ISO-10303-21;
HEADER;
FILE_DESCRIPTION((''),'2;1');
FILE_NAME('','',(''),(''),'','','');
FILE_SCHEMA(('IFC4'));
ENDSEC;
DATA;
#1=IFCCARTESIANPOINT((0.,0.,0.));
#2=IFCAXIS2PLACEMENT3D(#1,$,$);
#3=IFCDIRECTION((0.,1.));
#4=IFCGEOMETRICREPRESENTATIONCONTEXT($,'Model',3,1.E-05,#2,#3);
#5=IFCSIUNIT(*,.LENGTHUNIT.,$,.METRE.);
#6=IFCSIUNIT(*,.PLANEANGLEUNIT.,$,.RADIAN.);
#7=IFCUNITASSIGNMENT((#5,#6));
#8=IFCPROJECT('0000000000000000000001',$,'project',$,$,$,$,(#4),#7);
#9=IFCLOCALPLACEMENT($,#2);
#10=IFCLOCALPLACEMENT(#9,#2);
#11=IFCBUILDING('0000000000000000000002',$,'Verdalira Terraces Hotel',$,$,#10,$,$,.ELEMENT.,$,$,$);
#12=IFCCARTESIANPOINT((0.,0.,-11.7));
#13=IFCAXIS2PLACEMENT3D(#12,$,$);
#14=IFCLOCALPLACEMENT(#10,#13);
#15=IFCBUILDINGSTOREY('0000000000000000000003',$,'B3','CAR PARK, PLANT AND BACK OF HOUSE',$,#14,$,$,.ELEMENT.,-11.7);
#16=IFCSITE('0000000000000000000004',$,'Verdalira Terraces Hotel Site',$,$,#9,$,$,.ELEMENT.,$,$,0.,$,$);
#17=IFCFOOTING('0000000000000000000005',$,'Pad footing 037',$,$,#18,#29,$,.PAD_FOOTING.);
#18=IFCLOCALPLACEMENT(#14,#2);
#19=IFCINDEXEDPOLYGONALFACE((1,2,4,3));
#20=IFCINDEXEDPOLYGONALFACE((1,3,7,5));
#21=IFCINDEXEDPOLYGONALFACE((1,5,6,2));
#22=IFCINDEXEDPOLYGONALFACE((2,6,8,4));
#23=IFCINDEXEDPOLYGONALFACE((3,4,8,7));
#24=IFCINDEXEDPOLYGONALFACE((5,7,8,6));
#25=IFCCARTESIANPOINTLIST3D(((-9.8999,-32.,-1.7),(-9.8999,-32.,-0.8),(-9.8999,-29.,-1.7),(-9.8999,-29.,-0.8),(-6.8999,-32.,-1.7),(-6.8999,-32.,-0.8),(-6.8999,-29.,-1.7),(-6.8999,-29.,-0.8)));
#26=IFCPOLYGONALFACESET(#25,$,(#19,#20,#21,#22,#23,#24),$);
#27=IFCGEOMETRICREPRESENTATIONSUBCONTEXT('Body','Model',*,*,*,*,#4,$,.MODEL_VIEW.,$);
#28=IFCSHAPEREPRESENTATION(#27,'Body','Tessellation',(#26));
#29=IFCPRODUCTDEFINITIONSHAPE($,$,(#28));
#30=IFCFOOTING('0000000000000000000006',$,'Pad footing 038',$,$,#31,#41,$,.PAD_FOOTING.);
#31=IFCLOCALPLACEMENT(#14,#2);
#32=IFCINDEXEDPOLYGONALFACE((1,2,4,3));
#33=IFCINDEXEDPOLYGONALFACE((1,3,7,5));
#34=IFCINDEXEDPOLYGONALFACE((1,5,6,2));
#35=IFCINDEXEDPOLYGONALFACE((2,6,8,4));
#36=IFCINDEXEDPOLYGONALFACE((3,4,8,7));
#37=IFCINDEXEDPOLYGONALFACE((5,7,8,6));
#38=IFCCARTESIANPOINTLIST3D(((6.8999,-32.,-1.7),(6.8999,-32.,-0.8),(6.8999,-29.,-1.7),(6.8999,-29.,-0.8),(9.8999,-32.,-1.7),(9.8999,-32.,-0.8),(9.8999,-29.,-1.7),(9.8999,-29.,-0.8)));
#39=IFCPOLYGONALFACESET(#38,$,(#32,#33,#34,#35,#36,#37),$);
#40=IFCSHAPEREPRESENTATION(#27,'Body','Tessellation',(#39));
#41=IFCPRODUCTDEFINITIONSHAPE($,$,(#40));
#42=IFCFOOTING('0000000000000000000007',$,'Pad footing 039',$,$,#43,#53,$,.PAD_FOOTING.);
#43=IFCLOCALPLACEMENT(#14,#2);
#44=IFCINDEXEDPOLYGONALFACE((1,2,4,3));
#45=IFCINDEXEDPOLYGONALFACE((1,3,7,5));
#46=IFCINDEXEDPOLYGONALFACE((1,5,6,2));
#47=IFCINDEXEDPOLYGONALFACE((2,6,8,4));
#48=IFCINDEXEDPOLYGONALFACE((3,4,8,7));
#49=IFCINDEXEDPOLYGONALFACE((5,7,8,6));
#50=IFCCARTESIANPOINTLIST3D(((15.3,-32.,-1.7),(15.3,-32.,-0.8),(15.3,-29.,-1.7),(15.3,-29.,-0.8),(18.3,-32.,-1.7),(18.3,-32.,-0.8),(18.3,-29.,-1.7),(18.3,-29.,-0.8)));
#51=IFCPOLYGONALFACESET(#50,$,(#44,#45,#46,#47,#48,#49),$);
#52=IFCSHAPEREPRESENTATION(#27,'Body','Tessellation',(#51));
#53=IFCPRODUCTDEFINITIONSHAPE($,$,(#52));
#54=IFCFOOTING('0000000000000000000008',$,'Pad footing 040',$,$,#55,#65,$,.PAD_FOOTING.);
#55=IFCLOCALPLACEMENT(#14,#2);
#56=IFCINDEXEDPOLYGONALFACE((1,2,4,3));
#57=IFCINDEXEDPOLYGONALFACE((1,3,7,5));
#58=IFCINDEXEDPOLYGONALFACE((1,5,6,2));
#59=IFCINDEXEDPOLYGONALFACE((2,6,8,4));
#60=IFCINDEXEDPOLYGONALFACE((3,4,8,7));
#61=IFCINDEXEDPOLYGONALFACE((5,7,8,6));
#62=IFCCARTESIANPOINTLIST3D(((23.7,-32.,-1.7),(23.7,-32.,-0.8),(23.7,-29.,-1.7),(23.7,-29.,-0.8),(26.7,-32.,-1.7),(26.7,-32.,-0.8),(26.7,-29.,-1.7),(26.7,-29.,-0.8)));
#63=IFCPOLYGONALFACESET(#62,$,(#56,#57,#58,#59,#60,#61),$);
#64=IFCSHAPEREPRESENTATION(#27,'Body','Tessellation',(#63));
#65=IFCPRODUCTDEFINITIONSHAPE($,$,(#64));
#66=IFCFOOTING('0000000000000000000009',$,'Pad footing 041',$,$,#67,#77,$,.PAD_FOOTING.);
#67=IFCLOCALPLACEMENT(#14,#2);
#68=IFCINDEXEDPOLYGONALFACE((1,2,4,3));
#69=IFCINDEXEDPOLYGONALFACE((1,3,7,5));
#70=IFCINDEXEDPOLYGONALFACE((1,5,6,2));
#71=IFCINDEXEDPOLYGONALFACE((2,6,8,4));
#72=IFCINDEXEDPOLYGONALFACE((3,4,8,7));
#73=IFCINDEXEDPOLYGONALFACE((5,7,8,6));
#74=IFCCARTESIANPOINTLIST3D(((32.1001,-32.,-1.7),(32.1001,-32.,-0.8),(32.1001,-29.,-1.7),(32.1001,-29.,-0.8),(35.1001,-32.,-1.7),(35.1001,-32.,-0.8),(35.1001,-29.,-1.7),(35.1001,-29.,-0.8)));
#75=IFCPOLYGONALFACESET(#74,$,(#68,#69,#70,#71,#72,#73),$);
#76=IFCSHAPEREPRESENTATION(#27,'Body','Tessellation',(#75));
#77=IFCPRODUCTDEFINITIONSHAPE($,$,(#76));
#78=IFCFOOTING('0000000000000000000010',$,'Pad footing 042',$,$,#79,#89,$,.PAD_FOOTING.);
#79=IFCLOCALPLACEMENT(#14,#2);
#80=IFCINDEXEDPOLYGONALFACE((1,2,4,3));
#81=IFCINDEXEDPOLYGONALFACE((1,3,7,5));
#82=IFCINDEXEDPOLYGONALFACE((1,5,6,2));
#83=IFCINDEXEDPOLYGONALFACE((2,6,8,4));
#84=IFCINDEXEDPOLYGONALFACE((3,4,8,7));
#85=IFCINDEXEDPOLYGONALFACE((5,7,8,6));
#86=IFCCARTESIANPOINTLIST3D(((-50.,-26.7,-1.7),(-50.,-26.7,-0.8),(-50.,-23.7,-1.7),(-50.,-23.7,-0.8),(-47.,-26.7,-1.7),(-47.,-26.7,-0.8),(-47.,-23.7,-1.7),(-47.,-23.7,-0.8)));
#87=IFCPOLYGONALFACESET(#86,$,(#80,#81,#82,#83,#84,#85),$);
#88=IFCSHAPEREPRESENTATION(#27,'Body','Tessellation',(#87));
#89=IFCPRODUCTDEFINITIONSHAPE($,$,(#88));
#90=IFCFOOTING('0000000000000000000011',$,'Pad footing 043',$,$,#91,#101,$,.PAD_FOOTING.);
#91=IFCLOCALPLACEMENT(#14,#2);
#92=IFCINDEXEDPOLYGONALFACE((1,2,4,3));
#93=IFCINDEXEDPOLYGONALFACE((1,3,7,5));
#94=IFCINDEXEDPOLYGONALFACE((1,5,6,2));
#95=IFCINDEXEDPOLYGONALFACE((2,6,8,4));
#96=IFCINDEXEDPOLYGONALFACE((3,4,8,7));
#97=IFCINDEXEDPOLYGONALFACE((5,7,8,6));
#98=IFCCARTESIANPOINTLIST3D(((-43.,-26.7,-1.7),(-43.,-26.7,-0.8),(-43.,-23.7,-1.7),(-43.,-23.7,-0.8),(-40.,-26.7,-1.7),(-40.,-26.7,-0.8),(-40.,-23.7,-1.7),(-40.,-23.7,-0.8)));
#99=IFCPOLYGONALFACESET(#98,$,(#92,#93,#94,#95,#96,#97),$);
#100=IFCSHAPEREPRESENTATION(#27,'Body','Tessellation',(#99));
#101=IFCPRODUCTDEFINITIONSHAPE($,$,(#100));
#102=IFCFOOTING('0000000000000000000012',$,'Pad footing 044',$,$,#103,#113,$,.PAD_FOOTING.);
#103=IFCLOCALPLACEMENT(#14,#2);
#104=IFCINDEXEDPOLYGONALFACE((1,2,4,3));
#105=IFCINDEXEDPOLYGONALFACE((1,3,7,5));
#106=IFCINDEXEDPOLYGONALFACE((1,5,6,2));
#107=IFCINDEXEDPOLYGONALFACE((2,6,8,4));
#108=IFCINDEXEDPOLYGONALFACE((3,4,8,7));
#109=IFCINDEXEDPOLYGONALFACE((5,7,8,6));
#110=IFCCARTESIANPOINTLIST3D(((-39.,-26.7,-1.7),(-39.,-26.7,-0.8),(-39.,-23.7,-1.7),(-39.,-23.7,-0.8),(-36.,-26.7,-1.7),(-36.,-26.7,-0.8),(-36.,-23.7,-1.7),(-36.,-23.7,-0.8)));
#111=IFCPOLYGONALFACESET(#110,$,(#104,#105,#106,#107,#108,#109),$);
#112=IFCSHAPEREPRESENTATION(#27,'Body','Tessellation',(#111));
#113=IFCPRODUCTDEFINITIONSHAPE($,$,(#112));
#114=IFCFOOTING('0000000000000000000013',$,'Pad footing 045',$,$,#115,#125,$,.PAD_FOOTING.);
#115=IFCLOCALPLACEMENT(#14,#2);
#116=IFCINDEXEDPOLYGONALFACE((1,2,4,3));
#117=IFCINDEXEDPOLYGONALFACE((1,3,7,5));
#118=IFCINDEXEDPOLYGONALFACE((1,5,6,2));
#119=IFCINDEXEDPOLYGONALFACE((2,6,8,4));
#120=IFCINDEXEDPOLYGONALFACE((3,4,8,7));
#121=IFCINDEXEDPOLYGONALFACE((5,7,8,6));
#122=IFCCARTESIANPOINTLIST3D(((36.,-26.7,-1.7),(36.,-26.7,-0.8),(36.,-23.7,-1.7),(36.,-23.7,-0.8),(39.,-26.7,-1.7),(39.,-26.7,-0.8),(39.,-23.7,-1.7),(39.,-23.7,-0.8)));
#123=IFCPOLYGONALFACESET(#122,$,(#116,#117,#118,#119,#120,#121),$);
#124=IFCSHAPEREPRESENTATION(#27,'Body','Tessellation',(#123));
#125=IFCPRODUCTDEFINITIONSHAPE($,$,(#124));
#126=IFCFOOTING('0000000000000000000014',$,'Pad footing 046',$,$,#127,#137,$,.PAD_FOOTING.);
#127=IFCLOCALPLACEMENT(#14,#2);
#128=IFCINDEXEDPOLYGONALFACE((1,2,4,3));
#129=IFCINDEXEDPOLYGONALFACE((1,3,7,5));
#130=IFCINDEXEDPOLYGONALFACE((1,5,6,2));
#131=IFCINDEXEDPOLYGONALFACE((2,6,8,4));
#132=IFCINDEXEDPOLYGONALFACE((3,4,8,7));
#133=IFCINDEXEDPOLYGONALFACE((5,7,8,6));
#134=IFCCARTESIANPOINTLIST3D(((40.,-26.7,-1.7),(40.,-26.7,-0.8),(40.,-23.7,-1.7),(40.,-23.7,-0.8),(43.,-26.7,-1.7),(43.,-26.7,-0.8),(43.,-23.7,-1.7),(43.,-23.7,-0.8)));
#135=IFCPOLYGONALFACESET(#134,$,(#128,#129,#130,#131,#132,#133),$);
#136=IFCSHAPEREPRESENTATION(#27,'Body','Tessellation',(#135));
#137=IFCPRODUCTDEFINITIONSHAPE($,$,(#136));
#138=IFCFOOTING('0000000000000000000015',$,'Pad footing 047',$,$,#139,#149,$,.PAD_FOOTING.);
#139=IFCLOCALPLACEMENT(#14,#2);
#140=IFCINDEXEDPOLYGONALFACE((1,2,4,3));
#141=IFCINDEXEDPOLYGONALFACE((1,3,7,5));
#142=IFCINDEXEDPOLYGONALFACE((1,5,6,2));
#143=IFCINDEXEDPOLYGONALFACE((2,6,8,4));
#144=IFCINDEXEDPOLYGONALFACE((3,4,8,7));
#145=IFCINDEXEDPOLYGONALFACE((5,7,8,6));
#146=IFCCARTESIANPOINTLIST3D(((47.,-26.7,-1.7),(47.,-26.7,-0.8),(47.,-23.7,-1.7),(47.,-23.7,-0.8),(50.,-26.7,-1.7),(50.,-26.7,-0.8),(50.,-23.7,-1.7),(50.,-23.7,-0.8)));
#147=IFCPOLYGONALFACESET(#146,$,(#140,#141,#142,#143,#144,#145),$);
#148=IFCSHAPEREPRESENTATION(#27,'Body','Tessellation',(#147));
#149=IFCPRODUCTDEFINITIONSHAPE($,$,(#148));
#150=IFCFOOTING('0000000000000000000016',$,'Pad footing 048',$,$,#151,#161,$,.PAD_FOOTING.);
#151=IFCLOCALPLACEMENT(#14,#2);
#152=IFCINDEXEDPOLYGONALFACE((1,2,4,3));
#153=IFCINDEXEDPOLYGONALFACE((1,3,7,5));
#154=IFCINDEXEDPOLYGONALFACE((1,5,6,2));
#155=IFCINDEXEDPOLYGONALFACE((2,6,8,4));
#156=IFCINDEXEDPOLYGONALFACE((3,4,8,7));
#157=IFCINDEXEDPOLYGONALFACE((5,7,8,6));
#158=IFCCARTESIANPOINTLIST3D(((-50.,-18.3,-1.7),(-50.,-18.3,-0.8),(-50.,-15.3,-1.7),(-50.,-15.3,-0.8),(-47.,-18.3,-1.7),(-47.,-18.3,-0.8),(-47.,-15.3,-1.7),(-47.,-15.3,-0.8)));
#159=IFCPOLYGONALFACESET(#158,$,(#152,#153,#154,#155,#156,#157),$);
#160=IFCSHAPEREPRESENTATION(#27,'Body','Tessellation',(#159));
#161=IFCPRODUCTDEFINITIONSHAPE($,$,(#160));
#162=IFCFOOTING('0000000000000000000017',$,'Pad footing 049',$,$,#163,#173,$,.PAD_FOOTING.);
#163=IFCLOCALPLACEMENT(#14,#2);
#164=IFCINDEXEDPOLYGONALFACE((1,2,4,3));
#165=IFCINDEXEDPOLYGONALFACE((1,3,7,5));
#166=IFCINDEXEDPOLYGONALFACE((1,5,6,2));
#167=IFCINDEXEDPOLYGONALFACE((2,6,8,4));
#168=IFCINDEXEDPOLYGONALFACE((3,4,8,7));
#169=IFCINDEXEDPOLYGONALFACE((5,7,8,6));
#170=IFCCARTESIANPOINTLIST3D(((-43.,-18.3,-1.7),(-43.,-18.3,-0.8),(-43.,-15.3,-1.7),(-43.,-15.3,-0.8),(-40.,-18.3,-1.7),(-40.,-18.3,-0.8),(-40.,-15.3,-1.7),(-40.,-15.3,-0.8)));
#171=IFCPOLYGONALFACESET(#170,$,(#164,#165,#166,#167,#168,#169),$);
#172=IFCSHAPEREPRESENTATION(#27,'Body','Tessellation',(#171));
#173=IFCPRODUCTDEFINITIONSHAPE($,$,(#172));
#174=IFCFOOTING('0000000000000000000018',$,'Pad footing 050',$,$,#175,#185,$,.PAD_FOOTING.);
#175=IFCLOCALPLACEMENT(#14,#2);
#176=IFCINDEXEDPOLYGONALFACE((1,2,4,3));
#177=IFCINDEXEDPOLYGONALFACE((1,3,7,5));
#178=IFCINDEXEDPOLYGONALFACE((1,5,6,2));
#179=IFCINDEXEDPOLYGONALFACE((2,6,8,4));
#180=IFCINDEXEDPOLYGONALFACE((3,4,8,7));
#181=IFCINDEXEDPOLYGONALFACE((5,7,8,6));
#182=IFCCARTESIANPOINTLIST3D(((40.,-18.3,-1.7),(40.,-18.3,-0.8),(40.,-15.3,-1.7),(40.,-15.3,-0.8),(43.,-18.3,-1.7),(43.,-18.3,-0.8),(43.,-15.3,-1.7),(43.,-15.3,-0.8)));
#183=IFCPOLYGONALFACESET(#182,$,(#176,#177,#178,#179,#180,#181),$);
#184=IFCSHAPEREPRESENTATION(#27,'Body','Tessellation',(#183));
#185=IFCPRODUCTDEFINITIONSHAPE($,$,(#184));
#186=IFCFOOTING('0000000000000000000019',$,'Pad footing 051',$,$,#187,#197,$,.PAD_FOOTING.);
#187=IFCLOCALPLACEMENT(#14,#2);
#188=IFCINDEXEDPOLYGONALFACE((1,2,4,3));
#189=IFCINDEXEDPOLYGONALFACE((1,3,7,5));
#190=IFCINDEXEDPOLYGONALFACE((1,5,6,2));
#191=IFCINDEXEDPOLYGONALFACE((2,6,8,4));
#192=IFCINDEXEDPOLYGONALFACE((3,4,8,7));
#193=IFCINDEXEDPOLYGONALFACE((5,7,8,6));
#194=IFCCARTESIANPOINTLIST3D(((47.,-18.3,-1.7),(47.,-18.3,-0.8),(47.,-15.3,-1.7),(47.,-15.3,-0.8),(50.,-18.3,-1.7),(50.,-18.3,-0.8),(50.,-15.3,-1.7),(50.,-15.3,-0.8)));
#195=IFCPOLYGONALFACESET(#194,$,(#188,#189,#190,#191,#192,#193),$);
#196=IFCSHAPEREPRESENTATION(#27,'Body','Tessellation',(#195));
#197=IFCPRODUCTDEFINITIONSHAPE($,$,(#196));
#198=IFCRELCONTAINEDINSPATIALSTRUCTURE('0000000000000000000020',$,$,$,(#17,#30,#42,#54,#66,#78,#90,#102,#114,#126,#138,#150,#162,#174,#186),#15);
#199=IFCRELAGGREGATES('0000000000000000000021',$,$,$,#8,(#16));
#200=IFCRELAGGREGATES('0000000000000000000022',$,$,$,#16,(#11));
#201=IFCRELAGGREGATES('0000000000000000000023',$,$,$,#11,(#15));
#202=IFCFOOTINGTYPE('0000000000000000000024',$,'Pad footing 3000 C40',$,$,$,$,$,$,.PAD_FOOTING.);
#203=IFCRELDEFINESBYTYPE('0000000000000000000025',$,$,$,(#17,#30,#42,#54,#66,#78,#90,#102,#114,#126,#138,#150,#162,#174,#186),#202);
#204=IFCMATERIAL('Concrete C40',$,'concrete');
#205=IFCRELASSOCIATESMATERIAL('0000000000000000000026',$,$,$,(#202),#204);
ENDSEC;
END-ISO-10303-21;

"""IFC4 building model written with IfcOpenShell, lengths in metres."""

from ifc_helpers import new_model, si_unit, direction, frame, origin, place, context, subcontext, project, spatial, polyline, outline, extrude, material, type_object, element, save


model = new_model("IFC4")

# Units and contexts
model_context = context("Model", 3, precision=1e-05, world=origin(), true_north=direction((0.0, 1.0)))
body_context = subcontext(model_context, "Body", "Model", "MODEL_VIEW")
ifc_project = project(units=[si_unit("LENGTHUNIT", "METRE"), si_unit("PLANEANGLEUNIT", "RADIAN")], contexts=[model_context])

# Site, building, storey
site_placement = place(None, origin())
site = spatial("IfcSite", under=ifc_project, at=site_placement, Name="Verdalira Terraces Hotel Site", CompositionType="ELEMENT", RefElevation=0.0)
building_placement = place(site_placement, origin())
building = spatial("IfcBuilding", under=site, at=building_placement, Name="Verdalira Terraces Hotel", CompositionType="ELEMENT")
storey_placement = place(building_placement, frame((0.0, 0.0, -11.7)))
storey = spatial("IfcBuildingStorey", under=building, at=storey_placement, Name="B3", Description="CAR PARK, PLANT AND BACK OF HOUSE", CompositionType="ELEMENT", Elevation=-11.7)

# Footings
ifc_material = material(Name="Concrete C40", Category="concrete")
footing_type = type_object("IfcFootingType", Name="Pad footing 3000 C40", PredefinedType="PAD_FOOTING", material=ifc_material)
footing_1_placement = place(storey_placement, frame((0.0, 0.0, -1.7)))
element("IfcFooting", 1, at=footing_1_placement, inside=storey, type_object=footing_type, Name="Pad footing 037", PredefinedType="PAD_FOOTING", context=body_context, shape_type="SweptSolid", body=[
    extrude(outline(polyline([(-6.8999, -32.0), (-6.8999, -29.0), (-9.8999, -29.0), (-9.8999, -32.0), (-6.8999, -32.0)])), origin(), (0.0, 0.0, 1.0), 0.8999),
])
footing_2_placement = place(storey_placement, frame((0.0, 0.0, -1.7)))
element("IfcFooting", 2, at=footing_2_placement, inside=storey, type_object=footing_type, Name="Pad footing 038", PredefinedType="PAD_FOOTING", context=body_context, shape_type="SweptSolid", body=[
    extrude(outline(polyline([(9.8999, -32.0), (9.8999, -29.0), (6.8999, -29.0), (6.8999, -32.0), (9.8999, -32.0)])), origin(), (0.0, 0.0, 1.0), 0.8999),
])
footing_3_placement = place(storey_placement, frame((0.0, 0.0, -1.7)))
element("IfcFooting", 3, at=footing_3_placement, inside=storey, type_object=footing_type, Name="Pad footing 039", PredefinedType="PAD_FOOTING", context=body_context, shape_type="SweptSolid", body=[
    extrude(outline(polyline([(18.3, -32.0), (18.3, -29.0), (15.3, -29.0), (15.3, -32.0), (18.3, -32.0)])), origin(), (0.0, 0.0, 1.0), 0.8999),
])
footing_4_placement = place(storey_placement, frame((0.0, 0.0, -1.7)))
element("IfcFooting", 4, at=footing_4_placement, inside=storey, type_object=footing_type, Name="Pad footing 040", PredefinedType="PAD_FOOTING", context=body_context, shape_type="SweptSolid", body=[
    extrude(outline(polyline([(26.7, -32.0), (26.7, -29.0), (23.7, -29.0), (23.7, -32.0), (26.7, -32.0)])), origin(), (0.0, 0.0, 1.0), 0.8999),
])
footing_5_placement = place(storey_placement, frame((0.0, 0.0, -1.7)))
element("IfcFooting", 5, at=footing_5_placement, inside=storey, type_object=footing_type, Name="Pad footing 041", PredefinedType="PAD_FOOTING", context=body_context, shape_type="SweptSolid", body=[
    extrude(outline(polyline([(35.1001, -32.0), (35.1001, -29.0), (32.1001, -29.0), (32.1001, -32.0), (35.1001, -32.0)])), origin(), (0.0, 0.0, 1.0), 0.8999),
])
footing_6_placement = place(storey_placement, frame((0.0, 0.0, -1.7)))
element("IfcFooting", 6, at=footing_6_placement, inside=storey, type_object=footing_type, Name="Pad footing 042", PredefinedType="PAD_FOOTING", context=body_context, shape_type="SweptSolid", body=[
    extrude(outline(polyline([(-47.0, -26.7), (-47.0, -23.7), (-50.0, -23.7), (-50.0, -26.7), (-47.0, -26.7)])), origin(), (0.0, 0.0, 1.0), 0.8999),
])
footing_7_placement = place(storey_placement, frame((0.0, 0.0, -1.7)))
element("IfcFooting", 7, at=footing_7_placement, inside=storey, type_object=footing_type, Name="Pad footing 043", PredefinedType="PAD_FOOTING", context=body_context, shape_type="SweptSolid", body=[
    extrude(outline(polyline([(-40.0, -26.7), (-40.0, -23.7), (-43.0, -23.7), (-43.0, -26.7), (-40.0, -26.7)])), origin(), (0.0, 0.0, 1.0), 0.8999),
])
footing_8_placement = place(storey_placement, frame((0.0, 0.0, -1.7)))
element("IfcFooting", 8, at=footing_8_placement, inside=storey, type_object=footing_type, Name="Pad footing 044", PredefinedType="PAD_FOOTING", context=body_context, shape_type="SweptSolid", body=[
    extrude(outline(polyline([(-36.0, -26.7), (-36.0, -23.7), (-39.0, -23.7), (-39.0, -26.7), (-36.0, -26.7)])), origin(), (0.0, 0.0, 1.0), 0.8999),
])
footing_9_placement = place(storey_placement, frame((0.0, 0.0, -1.7)))
element("IfcFooting", 9, at=footing_9_placement, inside=storey, type_object=footing_type, Name="Pad footing 045", PredefinedType="PAD_FOOTING", context=body_context, shape_type="SweptSolid", body=[
    extrude(outline(polyline([(39.0, -26.7), (39.0, -23.7), (36.0, -23.7), (36.0, -26.7), (39.0, -26.7)])), origin(), (0.0, 0.0, 1.0), 0.8999),
])
footing_10_placement = place(storey_placement, frame((0.0, 0.0, -1.7)))
element("IfcFooting", 10, at=footing_10_placement, inside=storey, type_object=footing_type, Name="Pad footing 046", PredefinedType="PAD_FOOTING", context=body_context, shape_type="SweptSolid", body=[
    extrude(outline(polyline([(43.0, -26.7), (43.0, -23.7), (40.0, -23.7), (40.0, -26.7), (43.0, -26.7)])), origin(), (0.0, 0.0, 1.0), 0.8999),
])
footing_11_placement = place(storey_placement, frame((0.0, 0.0, -1.7)))
element("IfcFooting", 11, at=footing_11_placement, inside=storey, type_object=footing_type, Name="Pad footing 047", PredefinedType="PAD_FOOTING", context=body_context, shape_type="SweptSolid", body=[
    extrude(outline(polyline([(50.0, -26.7), (50.0, -23.7), (47.0, -23.7), (47.0, -26.7), (50.0, -26.7)])), origin(), (0.0, 0.0, 1.0), 0.8999),
])
footing_12_placement = place(storey_placement, frame((0.0, 0.0, -1.7)))
element("IfcFooting", 12, at=footing_12_placement, inside=storey, type_object=footing_type, Name="Pad footing 048", PredefinedType="PAD_FOOTING", context=body_context, shape_type="SweptSolid", body=[
    extrude(outline(polyline([(-47.0, -18.3), (-47.0, -15.3), (-50.0, -15.3), (-50.0, -18.3), (-47.0, -18.3)])), origin(), (0.0, 0.0, 1.0), 0.8999),
])
footing_13_placement = place(storey_placement, frame((0.0, 0.0, -1.7)))
element("IfcFooting", 13, at=footing_13_placement, inside=storey, type_object=footing_type, Name="Pad footing 049", PredefinedType="PAD_FOOTING", context=body_context, shape_type="SweptSolid", body=[
    extrude(outline(polyline([(-40.0, -18.3), (-40.0, -15.3), (-43.0, -15.3), (-43.0, -18.3), (-40.0, -18.3)])), origin(), (0.0, 0.0, 1.0), 0.8999),
])
footing_14_placement = place(storey_placement, frame((0.0, 0.0, -1.7)))
element("IfcFooting", 14, at=footing_14_placement, inside=storey, type_object=footing_type, Name="Pad footing 050", PredefinedType="PAD_FOOTING", context=body_context, shape_type="SweptSolid", body=[
    extrude(outline(polyline([(43.0, -18.3), (43.0, -15.3), (40.0, -15.3), (40.0, -18.3), (43.0, -18.3)])), origin(), (0.0, 0.0, 1.0), 0.8999),
])
footing_15_placement = place(storey_placement, frame((0.0, 0.0, -1.7)))
element("IfcFooting", 15, at=footing_15_placement, inside=storey, type_object=footing_type, Name="Pad footing 051", PredefinedType="PAD_FOOTING", context=body_context, shape_type="SweptSolid", body=[
    extrude(outline(polyline([(50.0, -18.3), (50.0, -15.3), (47.0, -15.3), (47.0, -18.3), (50.0, -18.3)])), origin(), (0.0, 0.0, 1.0), 0.8999),
])

save(model, "model.ifc")
